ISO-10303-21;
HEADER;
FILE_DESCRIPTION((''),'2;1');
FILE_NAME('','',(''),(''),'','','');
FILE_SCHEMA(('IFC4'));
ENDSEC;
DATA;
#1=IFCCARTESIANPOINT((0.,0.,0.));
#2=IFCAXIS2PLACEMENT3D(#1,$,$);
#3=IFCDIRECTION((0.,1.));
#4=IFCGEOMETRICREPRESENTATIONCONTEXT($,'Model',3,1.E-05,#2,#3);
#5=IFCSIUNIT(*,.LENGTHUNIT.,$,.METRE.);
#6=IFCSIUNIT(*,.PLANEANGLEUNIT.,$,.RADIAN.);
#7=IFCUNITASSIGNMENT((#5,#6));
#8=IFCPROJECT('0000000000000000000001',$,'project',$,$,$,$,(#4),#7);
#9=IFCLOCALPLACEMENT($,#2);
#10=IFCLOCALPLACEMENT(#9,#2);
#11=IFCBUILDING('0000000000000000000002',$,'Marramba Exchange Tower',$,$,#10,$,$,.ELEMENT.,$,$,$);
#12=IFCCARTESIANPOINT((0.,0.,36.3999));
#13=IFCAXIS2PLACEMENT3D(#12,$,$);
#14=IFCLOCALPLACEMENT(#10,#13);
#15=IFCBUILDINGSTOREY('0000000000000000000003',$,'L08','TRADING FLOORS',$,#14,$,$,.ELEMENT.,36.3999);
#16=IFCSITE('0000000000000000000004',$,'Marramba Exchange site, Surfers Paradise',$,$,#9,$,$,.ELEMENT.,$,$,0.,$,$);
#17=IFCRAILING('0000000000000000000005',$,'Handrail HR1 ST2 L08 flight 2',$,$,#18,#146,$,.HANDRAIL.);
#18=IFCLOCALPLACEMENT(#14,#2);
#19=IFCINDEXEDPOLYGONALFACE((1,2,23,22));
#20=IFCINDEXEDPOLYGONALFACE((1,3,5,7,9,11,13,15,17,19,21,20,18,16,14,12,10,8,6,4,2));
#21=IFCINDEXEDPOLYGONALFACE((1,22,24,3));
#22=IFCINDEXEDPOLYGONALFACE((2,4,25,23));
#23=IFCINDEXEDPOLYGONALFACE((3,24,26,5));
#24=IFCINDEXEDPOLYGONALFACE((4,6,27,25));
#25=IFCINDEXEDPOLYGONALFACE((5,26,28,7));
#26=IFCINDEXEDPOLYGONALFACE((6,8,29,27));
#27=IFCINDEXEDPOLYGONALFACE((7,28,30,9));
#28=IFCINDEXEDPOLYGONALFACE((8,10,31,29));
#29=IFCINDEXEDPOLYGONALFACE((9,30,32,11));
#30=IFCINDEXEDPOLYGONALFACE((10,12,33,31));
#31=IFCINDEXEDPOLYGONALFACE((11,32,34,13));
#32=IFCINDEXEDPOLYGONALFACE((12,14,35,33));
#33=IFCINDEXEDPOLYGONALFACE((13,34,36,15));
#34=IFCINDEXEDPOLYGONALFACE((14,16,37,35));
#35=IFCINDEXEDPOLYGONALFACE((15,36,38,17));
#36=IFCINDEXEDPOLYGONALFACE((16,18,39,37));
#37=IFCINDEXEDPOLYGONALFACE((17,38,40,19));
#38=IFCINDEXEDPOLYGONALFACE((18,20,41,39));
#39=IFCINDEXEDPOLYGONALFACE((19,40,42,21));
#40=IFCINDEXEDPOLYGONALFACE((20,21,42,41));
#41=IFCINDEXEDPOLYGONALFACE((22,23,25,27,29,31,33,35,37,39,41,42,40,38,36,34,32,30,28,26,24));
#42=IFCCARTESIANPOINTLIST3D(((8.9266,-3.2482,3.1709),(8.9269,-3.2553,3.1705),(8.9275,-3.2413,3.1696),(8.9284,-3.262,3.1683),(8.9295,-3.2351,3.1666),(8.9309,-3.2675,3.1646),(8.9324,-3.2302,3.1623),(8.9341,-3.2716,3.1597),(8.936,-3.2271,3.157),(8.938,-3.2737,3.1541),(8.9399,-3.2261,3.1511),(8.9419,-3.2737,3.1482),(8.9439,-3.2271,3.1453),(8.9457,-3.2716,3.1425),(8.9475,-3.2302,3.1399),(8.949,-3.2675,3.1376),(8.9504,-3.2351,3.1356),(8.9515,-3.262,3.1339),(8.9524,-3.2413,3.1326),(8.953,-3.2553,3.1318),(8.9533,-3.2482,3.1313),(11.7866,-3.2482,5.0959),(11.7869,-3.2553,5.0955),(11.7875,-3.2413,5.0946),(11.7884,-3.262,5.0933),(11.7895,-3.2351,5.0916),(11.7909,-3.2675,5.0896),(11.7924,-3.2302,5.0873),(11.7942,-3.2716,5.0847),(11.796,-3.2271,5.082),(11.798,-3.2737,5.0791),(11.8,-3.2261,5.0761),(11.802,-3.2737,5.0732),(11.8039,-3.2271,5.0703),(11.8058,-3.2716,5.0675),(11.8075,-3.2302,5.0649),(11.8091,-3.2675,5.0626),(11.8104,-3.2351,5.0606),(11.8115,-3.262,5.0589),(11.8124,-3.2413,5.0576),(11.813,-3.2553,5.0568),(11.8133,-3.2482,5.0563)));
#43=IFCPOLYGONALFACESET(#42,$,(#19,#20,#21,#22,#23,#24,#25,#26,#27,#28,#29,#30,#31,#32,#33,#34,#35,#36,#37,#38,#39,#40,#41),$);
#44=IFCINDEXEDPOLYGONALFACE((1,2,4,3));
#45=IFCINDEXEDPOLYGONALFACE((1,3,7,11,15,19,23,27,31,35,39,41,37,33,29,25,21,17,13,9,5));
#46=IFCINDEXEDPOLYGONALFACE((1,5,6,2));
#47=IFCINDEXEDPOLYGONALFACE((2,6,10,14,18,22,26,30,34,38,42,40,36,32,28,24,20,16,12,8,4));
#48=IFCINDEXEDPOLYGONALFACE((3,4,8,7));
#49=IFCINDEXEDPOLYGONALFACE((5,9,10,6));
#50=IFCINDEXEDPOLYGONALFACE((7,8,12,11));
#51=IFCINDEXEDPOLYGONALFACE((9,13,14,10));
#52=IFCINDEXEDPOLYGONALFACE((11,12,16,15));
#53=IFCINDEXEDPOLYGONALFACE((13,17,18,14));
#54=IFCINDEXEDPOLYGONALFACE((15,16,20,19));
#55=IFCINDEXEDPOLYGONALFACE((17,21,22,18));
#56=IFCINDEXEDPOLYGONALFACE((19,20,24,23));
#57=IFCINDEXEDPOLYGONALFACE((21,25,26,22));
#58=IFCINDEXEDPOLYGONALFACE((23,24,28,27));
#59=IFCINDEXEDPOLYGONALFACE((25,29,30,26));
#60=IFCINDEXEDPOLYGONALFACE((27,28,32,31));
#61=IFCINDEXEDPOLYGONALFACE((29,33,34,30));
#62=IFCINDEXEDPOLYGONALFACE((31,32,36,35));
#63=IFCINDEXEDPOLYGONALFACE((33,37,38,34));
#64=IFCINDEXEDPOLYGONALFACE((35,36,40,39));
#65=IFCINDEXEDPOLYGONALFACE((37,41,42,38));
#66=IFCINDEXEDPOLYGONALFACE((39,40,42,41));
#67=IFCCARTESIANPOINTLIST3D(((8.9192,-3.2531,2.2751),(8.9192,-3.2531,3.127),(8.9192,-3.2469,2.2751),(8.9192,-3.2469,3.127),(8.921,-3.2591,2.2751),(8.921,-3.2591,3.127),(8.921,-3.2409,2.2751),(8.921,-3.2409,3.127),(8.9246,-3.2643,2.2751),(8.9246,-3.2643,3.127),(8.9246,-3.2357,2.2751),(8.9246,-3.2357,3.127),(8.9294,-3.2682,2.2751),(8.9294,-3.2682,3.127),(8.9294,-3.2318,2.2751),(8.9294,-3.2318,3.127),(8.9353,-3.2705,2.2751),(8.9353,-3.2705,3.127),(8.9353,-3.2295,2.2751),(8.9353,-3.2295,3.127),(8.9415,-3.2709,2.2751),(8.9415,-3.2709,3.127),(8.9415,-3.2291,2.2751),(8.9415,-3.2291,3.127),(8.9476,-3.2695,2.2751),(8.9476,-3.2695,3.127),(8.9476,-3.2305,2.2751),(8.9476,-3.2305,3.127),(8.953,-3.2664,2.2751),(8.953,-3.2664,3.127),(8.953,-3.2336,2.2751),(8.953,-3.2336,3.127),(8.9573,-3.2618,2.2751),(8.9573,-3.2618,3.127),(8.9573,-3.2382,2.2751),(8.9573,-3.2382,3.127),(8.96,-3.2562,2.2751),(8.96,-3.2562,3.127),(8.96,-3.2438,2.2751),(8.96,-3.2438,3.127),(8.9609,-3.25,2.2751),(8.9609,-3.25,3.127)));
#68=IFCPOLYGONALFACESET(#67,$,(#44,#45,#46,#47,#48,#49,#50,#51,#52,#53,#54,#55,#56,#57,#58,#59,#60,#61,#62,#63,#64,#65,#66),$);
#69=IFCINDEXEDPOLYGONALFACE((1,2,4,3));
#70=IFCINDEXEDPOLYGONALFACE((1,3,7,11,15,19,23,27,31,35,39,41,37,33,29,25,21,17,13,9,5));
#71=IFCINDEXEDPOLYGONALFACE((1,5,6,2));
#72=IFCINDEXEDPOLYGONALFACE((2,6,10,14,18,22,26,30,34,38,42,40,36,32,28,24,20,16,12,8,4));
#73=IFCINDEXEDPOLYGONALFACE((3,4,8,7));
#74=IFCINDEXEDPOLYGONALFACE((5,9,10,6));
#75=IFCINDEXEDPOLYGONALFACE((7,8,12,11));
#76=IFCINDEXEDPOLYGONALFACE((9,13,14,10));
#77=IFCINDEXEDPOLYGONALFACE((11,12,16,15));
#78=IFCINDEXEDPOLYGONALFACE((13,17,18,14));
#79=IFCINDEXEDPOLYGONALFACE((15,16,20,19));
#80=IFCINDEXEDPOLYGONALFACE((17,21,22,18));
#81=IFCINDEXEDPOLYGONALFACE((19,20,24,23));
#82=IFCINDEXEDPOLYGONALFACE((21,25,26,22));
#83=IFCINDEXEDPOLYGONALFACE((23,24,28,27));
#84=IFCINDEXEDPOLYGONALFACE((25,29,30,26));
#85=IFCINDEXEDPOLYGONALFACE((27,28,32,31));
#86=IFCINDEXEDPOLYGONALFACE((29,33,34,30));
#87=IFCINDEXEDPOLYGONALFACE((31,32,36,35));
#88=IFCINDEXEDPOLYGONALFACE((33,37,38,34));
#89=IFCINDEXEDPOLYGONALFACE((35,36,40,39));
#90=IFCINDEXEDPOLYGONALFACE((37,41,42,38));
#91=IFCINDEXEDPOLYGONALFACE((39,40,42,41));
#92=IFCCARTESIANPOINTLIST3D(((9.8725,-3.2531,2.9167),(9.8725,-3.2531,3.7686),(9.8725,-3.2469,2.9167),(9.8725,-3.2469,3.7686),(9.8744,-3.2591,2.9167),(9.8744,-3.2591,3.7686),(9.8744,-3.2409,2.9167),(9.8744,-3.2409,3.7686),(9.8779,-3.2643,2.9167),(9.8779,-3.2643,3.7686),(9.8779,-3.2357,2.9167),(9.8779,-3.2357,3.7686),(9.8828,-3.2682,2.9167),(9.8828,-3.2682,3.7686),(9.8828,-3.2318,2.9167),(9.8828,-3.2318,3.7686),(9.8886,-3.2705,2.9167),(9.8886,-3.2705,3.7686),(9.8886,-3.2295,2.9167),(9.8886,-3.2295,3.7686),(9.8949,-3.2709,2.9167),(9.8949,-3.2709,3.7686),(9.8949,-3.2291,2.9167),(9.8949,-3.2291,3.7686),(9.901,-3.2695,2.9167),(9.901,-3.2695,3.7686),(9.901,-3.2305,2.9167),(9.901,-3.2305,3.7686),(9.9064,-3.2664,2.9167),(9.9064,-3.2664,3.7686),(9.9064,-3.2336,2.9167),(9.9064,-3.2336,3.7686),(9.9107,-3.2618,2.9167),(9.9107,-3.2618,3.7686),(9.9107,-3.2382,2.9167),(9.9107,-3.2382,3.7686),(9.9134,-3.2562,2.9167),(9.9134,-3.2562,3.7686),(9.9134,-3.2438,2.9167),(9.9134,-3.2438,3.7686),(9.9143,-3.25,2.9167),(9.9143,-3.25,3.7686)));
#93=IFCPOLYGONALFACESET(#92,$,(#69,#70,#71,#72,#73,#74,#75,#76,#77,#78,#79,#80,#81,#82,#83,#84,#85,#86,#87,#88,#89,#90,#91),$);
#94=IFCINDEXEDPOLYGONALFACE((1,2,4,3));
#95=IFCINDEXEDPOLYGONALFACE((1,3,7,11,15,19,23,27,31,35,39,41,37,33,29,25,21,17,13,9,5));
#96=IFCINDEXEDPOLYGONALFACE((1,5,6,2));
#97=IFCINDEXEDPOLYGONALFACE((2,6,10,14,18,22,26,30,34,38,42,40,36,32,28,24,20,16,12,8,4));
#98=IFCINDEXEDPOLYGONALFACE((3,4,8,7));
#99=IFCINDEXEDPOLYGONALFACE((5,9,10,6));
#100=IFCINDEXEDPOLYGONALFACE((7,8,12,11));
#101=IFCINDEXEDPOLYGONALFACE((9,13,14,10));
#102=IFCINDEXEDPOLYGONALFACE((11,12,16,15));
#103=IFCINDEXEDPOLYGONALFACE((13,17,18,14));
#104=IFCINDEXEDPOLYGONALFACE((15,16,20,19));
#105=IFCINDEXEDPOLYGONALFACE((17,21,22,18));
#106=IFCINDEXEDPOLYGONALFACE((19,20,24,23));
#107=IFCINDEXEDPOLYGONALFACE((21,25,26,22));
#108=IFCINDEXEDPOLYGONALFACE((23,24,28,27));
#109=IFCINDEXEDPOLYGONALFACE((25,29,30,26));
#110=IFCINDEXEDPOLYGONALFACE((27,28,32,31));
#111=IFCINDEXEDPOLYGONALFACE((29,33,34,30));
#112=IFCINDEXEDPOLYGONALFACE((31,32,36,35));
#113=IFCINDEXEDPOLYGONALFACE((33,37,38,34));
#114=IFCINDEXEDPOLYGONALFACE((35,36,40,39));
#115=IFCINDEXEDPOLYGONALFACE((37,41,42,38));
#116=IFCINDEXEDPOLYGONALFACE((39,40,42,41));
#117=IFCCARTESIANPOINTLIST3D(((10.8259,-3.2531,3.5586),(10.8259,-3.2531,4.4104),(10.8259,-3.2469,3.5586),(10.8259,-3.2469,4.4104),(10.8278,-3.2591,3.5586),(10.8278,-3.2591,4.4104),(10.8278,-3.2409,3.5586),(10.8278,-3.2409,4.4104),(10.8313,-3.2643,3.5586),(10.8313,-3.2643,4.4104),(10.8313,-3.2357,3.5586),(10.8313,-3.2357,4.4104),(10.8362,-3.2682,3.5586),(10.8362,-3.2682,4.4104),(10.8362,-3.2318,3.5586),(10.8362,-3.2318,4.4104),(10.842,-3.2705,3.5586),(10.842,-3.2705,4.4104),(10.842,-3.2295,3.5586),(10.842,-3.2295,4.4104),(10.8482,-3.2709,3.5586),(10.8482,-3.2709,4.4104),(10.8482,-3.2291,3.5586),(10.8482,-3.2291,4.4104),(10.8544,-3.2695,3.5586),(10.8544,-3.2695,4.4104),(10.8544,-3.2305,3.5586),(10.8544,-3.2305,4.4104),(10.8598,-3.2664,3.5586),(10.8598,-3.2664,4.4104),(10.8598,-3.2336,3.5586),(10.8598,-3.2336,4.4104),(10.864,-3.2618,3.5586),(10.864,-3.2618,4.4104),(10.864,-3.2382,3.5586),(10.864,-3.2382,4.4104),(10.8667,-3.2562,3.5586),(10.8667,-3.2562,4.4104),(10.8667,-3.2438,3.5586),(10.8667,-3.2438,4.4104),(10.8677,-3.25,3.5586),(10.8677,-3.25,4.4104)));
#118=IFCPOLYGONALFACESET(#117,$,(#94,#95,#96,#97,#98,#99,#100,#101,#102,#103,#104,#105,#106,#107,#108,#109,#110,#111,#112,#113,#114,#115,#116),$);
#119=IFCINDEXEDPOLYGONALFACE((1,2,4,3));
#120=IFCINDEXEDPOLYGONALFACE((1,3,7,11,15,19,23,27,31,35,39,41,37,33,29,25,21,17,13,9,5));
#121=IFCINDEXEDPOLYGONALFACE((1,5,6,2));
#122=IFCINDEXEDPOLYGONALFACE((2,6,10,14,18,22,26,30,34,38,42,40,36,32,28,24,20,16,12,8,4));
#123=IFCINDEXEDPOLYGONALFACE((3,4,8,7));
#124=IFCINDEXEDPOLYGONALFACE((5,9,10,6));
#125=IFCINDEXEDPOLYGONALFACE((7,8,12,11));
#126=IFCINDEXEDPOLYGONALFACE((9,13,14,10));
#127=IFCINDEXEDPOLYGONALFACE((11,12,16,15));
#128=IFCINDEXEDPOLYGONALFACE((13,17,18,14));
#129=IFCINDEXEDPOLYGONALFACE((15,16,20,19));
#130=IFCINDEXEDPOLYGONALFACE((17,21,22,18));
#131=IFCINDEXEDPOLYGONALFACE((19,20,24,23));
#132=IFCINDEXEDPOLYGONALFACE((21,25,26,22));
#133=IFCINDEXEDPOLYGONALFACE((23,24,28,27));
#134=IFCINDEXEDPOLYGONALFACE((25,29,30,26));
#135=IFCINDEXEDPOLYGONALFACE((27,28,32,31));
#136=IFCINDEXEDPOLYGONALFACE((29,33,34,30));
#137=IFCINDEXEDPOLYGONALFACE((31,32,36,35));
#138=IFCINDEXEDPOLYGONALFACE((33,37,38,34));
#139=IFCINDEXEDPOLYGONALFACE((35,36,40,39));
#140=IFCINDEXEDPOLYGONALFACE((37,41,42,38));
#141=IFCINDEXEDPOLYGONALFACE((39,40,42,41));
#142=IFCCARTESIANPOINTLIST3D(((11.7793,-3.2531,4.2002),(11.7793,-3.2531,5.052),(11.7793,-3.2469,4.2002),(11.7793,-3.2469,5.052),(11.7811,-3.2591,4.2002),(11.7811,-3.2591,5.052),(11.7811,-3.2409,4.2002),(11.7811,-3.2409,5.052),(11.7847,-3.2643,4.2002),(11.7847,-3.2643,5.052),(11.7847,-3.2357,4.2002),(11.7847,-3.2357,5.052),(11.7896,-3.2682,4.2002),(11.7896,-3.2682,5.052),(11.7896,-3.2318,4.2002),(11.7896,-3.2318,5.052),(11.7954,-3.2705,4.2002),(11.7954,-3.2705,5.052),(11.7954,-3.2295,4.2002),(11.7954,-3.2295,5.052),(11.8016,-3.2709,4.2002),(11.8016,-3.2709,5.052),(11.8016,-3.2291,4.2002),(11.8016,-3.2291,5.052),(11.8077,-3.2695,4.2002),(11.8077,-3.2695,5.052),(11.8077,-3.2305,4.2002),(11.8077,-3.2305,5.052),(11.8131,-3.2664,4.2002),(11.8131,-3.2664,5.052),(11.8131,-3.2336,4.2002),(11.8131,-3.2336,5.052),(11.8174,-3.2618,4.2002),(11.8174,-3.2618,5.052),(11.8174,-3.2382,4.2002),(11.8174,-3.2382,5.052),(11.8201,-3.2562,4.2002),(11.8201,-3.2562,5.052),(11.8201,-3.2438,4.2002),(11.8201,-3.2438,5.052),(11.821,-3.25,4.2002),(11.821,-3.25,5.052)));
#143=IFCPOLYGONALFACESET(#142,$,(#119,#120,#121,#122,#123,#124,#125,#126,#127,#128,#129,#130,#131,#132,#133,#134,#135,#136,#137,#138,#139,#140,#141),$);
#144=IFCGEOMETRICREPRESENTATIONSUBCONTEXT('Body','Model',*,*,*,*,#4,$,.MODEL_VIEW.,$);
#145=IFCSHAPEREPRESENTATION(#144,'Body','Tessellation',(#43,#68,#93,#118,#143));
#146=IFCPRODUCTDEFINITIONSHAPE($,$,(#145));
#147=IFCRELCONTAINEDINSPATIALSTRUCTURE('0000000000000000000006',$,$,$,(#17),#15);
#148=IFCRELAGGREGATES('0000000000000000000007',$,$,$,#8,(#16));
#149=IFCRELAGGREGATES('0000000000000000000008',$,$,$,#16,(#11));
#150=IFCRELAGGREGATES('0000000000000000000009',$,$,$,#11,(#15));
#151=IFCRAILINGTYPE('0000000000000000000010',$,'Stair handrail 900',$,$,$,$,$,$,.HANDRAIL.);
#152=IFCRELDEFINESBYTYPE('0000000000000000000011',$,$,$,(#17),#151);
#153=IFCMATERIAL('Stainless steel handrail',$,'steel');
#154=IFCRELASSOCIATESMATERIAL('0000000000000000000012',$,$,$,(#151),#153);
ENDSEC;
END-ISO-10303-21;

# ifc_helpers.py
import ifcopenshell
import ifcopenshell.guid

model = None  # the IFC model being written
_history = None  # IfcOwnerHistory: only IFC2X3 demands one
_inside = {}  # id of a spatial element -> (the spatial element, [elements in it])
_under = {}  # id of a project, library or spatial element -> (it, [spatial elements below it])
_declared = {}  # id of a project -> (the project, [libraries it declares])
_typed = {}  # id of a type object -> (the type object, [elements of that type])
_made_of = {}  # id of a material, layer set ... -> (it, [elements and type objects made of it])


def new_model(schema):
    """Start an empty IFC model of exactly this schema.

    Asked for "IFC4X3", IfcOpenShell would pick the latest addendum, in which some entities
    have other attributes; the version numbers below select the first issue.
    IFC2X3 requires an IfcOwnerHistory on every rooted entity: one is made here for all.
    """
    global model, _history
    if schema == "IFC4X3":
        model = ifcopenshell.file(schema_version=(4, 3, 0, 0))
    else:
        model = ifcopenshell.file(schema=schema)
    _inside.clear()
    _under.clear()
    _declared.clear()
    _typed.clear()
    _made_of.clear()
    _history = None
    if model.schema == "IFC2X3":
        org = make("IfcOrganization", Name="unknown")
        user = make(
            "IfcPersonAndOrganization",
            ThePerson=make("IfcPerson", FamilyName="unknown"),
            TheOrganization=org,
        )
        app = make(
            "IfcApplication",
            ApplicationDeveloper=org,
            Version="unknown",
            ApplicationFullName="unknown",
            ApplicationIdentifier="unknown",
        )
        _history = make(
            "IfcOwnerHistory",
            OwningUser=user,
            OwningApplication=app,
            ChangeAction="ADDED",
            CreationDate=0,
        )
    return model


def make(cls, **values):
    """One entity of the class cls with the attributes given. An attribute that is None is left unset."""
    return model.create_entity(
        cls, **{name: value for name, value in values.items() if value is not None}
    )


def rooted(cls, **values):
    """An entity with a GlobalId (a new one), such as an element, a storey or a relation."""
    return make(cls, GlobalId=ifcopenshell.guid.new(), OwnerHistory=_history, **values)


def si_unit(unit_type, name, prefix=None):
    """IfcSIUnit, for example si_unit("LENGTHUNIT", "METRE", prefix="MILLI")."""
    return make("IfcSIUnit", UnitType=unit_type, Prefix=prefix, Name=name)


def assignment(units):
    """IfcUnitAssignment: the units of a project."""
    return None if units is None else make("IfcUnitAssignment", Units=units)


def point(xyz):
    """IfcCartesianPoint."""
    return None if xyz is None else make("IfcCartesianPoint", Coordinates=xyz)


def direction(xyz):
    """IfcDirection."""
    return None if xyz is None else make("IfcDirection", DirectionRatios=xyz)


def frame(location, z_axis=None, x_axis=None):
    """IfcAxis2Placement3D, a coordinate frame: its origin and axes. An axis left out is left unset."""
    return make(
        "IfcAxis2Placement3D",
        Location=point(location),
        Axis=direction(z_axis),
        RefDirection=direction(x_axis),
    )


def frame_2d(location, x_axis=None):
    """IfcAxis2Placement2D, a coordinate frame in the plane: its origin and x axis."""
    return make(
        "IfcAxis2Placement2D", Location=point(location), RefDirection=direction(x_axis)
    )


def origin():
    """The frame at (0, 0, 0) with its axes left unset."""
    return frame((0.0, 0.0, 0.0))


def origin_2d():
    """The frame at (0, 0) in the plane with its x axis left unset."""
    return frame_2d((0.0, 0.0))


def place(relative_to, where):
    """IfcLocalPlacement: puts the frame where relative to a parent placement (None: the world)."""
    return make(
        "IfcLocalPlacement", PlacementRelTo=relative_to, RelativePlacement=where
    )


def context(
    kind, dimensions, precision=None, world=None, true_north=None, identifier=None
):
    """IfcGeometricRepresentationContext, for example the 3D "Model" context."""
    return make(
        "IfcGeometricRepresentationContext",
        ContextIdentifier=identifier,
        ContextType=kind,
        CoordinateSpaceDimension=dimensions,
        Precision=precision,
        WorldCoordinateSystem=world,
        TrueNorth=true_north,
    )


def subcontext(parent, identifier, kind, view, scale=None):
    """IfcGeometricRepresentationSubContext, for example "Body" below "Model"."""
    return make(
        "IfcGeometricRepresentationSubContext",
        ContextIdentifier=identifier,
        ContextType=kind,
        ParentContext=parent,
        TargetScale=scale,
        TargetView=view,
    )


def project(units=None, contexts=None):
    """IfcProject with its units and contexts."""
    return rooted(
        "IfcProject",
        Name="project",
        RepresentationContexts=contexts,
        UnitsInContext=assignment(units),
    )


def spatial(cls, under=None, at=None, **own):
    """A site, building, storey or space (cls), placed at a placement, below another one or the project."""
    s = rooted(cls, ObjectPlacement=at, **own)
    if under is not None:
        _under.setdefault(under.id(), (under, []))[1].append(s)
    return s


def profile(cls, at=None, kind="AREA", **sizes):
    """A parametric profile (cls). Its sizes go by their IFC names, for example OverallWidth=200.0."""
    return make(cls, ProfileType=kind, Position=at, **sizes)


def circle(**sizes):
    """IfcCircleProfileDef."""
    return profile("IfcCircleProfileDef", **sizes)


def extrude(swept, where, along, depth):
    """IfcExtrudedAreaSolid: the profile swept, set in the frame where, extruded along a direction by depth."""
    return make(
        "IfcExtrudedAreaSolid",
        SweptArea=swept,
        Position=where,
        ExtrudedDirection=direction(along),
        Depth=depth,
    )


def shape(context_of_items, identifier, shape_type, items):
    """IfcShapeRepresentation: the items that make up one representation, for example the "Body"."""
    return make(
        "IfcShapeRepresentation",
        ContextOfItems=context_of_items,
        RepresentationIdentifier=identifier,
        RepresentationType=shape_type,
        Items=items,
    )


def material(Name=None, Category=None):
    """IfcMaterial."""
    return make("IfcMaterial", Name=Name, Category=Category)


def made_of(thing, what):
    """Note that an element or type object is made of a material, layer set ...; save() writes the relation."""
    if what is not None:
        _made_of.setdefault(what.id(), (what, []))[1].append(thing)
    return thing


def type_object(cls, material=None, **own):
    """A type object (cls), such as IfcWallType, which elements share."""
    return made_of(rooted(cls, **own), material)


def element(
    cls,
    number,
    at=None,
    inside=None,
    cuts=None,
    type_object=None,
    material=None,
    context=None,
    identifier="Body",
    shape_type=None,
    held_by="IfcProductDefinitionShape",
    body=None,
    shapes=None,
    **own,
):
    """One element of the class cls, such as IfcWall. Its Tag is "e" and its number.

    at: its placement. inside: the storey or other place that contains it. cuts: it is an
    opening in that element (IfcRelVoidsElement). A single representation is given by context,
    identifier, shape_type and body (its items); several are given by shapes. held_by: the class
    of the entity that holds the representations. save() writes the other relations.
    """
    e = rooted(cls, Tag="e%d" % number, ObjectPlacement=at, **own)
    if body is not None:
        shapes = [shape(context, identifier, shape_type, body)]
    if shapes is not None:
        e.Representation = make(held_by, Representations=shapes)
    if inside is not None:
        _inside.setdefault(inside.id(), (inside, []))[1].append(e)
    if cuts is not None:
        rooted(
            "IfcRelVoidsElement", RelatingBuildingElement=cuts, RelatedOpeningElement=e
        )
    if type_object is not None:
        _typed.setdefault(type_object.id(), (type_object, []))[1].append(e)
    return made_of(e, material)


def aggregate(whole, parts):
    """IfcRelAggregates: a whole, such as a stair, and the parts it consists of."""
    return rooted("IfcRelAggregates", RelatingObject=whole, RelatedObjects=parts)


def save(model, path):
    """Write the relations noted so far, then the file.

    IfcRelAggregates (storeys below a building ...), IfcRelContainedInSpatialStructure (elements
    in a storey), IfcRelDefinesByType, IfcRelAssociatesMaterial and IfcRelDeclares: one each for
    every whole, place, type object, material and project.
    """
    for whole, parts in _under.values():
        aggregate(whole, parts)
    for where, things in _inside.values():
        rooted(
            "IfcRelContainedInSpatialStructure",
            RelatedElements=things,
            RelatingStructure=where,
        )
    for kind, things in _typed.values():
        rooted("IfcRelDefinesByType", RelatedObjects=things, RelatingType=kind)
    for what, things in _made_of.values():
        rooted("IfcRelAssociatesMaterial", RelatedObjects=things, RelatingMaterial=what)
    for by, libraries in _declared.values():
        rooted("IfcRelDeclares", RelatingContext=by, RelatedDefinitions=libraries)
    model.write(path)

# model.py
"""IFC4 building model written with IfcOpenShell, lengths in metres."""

from ifc_helpers import new_model, si_unit, direction, frame, origin, origin_2d, place, context, subcontext, project, spatial, circle, extrude, material, type_object, element, save


model = new_model("IFC4")

# Units and contexts
model_context = context("Model", 3, precision=1e-05, world=origin(), true_north=direction((0.0, 1.0)))
body_context = subcontext(model_context, "Body", "Model", "MODEL_VIEW")
ifc_project = project(units=[si_unit("LENGTHUNIT", "METRE"), si_unit("PLANEANGLEUNIT", "RADIAN")], contexts=[model_context])

# Site, building, storey
site_placement = place(None, origin())
site = spatial("IfcSite", under=ifc_project, at=site_placement, Name="Marramba Exchange site, Surfers Paradise", CompositionType="ELEMENT", RefElevation=0.0)
building_placement = place(site_placement, origin())
building = spatial("IfcBuilding", under=site, at=building_placement, Name="Marramba Exchange Tower", CompositionType="ELEMENT")
storey_placement = place(building_placement, frame((0.0, 0.0, 36.3999)))
storey = spatial("IfcBuildingStorey", under=building, at=storey_placement, Name="L08", Description="TRADING FLOORS", CompositionType="ELEMENT", Elevation=36.3999)

# Railing
ifc_material_1 = material(Name="Stainless steel handrail", Category="steel")
railing_type = type_object("IfcRailingType", Name="Stair handrail 900", PredefinedType="HANDRAIL", material=ifc_material_1)
railing_placement = place(storey_placement, frame((8.9399, -3.25, 2.2751)))
element("IfcRailing", 1, at=railing_placement, inside=storey, type_object=railing_type, Name="Handrail HR1 ST2 L08 flight 2", PredefinedType="HANDRAIL", context=body_context, shape_type="SweptSolid", body=[
    extrude(circle(Radius=0.0239, at=origin_2d()), frame((0.0, 0.0, 0.876), z_axis=(0.829591, 0.0, 0.558372), x_axis=(0.0, 1.0, 0.0)), (0.0, 0.0, 1.0), 3.4475),
    extrude(circle(Radius=0.021, at=origin_2d()), origin(), (0.0, 0.0, 1.0), 0.8518),
    extrude(circle(Radius=0.021, at=origin_2d()), frame((0.9534, 0.0, 0.6416)), (0.0, 0.0, 1.0), 0.8518),
    extrude(circle(Radius=0.021, at=origin_2d()), frame((1.9067, 0.0, 1.2834)), (0.0, 0.0, 1.0), 0.8518),
    extrude(circle(Radius=0.021, at=origin_2d()), frame((2.8601, 0.0, 1.925)), (0.0, 0.0, 1.0), 0.8518),
])

save(model, "model.ifc")
